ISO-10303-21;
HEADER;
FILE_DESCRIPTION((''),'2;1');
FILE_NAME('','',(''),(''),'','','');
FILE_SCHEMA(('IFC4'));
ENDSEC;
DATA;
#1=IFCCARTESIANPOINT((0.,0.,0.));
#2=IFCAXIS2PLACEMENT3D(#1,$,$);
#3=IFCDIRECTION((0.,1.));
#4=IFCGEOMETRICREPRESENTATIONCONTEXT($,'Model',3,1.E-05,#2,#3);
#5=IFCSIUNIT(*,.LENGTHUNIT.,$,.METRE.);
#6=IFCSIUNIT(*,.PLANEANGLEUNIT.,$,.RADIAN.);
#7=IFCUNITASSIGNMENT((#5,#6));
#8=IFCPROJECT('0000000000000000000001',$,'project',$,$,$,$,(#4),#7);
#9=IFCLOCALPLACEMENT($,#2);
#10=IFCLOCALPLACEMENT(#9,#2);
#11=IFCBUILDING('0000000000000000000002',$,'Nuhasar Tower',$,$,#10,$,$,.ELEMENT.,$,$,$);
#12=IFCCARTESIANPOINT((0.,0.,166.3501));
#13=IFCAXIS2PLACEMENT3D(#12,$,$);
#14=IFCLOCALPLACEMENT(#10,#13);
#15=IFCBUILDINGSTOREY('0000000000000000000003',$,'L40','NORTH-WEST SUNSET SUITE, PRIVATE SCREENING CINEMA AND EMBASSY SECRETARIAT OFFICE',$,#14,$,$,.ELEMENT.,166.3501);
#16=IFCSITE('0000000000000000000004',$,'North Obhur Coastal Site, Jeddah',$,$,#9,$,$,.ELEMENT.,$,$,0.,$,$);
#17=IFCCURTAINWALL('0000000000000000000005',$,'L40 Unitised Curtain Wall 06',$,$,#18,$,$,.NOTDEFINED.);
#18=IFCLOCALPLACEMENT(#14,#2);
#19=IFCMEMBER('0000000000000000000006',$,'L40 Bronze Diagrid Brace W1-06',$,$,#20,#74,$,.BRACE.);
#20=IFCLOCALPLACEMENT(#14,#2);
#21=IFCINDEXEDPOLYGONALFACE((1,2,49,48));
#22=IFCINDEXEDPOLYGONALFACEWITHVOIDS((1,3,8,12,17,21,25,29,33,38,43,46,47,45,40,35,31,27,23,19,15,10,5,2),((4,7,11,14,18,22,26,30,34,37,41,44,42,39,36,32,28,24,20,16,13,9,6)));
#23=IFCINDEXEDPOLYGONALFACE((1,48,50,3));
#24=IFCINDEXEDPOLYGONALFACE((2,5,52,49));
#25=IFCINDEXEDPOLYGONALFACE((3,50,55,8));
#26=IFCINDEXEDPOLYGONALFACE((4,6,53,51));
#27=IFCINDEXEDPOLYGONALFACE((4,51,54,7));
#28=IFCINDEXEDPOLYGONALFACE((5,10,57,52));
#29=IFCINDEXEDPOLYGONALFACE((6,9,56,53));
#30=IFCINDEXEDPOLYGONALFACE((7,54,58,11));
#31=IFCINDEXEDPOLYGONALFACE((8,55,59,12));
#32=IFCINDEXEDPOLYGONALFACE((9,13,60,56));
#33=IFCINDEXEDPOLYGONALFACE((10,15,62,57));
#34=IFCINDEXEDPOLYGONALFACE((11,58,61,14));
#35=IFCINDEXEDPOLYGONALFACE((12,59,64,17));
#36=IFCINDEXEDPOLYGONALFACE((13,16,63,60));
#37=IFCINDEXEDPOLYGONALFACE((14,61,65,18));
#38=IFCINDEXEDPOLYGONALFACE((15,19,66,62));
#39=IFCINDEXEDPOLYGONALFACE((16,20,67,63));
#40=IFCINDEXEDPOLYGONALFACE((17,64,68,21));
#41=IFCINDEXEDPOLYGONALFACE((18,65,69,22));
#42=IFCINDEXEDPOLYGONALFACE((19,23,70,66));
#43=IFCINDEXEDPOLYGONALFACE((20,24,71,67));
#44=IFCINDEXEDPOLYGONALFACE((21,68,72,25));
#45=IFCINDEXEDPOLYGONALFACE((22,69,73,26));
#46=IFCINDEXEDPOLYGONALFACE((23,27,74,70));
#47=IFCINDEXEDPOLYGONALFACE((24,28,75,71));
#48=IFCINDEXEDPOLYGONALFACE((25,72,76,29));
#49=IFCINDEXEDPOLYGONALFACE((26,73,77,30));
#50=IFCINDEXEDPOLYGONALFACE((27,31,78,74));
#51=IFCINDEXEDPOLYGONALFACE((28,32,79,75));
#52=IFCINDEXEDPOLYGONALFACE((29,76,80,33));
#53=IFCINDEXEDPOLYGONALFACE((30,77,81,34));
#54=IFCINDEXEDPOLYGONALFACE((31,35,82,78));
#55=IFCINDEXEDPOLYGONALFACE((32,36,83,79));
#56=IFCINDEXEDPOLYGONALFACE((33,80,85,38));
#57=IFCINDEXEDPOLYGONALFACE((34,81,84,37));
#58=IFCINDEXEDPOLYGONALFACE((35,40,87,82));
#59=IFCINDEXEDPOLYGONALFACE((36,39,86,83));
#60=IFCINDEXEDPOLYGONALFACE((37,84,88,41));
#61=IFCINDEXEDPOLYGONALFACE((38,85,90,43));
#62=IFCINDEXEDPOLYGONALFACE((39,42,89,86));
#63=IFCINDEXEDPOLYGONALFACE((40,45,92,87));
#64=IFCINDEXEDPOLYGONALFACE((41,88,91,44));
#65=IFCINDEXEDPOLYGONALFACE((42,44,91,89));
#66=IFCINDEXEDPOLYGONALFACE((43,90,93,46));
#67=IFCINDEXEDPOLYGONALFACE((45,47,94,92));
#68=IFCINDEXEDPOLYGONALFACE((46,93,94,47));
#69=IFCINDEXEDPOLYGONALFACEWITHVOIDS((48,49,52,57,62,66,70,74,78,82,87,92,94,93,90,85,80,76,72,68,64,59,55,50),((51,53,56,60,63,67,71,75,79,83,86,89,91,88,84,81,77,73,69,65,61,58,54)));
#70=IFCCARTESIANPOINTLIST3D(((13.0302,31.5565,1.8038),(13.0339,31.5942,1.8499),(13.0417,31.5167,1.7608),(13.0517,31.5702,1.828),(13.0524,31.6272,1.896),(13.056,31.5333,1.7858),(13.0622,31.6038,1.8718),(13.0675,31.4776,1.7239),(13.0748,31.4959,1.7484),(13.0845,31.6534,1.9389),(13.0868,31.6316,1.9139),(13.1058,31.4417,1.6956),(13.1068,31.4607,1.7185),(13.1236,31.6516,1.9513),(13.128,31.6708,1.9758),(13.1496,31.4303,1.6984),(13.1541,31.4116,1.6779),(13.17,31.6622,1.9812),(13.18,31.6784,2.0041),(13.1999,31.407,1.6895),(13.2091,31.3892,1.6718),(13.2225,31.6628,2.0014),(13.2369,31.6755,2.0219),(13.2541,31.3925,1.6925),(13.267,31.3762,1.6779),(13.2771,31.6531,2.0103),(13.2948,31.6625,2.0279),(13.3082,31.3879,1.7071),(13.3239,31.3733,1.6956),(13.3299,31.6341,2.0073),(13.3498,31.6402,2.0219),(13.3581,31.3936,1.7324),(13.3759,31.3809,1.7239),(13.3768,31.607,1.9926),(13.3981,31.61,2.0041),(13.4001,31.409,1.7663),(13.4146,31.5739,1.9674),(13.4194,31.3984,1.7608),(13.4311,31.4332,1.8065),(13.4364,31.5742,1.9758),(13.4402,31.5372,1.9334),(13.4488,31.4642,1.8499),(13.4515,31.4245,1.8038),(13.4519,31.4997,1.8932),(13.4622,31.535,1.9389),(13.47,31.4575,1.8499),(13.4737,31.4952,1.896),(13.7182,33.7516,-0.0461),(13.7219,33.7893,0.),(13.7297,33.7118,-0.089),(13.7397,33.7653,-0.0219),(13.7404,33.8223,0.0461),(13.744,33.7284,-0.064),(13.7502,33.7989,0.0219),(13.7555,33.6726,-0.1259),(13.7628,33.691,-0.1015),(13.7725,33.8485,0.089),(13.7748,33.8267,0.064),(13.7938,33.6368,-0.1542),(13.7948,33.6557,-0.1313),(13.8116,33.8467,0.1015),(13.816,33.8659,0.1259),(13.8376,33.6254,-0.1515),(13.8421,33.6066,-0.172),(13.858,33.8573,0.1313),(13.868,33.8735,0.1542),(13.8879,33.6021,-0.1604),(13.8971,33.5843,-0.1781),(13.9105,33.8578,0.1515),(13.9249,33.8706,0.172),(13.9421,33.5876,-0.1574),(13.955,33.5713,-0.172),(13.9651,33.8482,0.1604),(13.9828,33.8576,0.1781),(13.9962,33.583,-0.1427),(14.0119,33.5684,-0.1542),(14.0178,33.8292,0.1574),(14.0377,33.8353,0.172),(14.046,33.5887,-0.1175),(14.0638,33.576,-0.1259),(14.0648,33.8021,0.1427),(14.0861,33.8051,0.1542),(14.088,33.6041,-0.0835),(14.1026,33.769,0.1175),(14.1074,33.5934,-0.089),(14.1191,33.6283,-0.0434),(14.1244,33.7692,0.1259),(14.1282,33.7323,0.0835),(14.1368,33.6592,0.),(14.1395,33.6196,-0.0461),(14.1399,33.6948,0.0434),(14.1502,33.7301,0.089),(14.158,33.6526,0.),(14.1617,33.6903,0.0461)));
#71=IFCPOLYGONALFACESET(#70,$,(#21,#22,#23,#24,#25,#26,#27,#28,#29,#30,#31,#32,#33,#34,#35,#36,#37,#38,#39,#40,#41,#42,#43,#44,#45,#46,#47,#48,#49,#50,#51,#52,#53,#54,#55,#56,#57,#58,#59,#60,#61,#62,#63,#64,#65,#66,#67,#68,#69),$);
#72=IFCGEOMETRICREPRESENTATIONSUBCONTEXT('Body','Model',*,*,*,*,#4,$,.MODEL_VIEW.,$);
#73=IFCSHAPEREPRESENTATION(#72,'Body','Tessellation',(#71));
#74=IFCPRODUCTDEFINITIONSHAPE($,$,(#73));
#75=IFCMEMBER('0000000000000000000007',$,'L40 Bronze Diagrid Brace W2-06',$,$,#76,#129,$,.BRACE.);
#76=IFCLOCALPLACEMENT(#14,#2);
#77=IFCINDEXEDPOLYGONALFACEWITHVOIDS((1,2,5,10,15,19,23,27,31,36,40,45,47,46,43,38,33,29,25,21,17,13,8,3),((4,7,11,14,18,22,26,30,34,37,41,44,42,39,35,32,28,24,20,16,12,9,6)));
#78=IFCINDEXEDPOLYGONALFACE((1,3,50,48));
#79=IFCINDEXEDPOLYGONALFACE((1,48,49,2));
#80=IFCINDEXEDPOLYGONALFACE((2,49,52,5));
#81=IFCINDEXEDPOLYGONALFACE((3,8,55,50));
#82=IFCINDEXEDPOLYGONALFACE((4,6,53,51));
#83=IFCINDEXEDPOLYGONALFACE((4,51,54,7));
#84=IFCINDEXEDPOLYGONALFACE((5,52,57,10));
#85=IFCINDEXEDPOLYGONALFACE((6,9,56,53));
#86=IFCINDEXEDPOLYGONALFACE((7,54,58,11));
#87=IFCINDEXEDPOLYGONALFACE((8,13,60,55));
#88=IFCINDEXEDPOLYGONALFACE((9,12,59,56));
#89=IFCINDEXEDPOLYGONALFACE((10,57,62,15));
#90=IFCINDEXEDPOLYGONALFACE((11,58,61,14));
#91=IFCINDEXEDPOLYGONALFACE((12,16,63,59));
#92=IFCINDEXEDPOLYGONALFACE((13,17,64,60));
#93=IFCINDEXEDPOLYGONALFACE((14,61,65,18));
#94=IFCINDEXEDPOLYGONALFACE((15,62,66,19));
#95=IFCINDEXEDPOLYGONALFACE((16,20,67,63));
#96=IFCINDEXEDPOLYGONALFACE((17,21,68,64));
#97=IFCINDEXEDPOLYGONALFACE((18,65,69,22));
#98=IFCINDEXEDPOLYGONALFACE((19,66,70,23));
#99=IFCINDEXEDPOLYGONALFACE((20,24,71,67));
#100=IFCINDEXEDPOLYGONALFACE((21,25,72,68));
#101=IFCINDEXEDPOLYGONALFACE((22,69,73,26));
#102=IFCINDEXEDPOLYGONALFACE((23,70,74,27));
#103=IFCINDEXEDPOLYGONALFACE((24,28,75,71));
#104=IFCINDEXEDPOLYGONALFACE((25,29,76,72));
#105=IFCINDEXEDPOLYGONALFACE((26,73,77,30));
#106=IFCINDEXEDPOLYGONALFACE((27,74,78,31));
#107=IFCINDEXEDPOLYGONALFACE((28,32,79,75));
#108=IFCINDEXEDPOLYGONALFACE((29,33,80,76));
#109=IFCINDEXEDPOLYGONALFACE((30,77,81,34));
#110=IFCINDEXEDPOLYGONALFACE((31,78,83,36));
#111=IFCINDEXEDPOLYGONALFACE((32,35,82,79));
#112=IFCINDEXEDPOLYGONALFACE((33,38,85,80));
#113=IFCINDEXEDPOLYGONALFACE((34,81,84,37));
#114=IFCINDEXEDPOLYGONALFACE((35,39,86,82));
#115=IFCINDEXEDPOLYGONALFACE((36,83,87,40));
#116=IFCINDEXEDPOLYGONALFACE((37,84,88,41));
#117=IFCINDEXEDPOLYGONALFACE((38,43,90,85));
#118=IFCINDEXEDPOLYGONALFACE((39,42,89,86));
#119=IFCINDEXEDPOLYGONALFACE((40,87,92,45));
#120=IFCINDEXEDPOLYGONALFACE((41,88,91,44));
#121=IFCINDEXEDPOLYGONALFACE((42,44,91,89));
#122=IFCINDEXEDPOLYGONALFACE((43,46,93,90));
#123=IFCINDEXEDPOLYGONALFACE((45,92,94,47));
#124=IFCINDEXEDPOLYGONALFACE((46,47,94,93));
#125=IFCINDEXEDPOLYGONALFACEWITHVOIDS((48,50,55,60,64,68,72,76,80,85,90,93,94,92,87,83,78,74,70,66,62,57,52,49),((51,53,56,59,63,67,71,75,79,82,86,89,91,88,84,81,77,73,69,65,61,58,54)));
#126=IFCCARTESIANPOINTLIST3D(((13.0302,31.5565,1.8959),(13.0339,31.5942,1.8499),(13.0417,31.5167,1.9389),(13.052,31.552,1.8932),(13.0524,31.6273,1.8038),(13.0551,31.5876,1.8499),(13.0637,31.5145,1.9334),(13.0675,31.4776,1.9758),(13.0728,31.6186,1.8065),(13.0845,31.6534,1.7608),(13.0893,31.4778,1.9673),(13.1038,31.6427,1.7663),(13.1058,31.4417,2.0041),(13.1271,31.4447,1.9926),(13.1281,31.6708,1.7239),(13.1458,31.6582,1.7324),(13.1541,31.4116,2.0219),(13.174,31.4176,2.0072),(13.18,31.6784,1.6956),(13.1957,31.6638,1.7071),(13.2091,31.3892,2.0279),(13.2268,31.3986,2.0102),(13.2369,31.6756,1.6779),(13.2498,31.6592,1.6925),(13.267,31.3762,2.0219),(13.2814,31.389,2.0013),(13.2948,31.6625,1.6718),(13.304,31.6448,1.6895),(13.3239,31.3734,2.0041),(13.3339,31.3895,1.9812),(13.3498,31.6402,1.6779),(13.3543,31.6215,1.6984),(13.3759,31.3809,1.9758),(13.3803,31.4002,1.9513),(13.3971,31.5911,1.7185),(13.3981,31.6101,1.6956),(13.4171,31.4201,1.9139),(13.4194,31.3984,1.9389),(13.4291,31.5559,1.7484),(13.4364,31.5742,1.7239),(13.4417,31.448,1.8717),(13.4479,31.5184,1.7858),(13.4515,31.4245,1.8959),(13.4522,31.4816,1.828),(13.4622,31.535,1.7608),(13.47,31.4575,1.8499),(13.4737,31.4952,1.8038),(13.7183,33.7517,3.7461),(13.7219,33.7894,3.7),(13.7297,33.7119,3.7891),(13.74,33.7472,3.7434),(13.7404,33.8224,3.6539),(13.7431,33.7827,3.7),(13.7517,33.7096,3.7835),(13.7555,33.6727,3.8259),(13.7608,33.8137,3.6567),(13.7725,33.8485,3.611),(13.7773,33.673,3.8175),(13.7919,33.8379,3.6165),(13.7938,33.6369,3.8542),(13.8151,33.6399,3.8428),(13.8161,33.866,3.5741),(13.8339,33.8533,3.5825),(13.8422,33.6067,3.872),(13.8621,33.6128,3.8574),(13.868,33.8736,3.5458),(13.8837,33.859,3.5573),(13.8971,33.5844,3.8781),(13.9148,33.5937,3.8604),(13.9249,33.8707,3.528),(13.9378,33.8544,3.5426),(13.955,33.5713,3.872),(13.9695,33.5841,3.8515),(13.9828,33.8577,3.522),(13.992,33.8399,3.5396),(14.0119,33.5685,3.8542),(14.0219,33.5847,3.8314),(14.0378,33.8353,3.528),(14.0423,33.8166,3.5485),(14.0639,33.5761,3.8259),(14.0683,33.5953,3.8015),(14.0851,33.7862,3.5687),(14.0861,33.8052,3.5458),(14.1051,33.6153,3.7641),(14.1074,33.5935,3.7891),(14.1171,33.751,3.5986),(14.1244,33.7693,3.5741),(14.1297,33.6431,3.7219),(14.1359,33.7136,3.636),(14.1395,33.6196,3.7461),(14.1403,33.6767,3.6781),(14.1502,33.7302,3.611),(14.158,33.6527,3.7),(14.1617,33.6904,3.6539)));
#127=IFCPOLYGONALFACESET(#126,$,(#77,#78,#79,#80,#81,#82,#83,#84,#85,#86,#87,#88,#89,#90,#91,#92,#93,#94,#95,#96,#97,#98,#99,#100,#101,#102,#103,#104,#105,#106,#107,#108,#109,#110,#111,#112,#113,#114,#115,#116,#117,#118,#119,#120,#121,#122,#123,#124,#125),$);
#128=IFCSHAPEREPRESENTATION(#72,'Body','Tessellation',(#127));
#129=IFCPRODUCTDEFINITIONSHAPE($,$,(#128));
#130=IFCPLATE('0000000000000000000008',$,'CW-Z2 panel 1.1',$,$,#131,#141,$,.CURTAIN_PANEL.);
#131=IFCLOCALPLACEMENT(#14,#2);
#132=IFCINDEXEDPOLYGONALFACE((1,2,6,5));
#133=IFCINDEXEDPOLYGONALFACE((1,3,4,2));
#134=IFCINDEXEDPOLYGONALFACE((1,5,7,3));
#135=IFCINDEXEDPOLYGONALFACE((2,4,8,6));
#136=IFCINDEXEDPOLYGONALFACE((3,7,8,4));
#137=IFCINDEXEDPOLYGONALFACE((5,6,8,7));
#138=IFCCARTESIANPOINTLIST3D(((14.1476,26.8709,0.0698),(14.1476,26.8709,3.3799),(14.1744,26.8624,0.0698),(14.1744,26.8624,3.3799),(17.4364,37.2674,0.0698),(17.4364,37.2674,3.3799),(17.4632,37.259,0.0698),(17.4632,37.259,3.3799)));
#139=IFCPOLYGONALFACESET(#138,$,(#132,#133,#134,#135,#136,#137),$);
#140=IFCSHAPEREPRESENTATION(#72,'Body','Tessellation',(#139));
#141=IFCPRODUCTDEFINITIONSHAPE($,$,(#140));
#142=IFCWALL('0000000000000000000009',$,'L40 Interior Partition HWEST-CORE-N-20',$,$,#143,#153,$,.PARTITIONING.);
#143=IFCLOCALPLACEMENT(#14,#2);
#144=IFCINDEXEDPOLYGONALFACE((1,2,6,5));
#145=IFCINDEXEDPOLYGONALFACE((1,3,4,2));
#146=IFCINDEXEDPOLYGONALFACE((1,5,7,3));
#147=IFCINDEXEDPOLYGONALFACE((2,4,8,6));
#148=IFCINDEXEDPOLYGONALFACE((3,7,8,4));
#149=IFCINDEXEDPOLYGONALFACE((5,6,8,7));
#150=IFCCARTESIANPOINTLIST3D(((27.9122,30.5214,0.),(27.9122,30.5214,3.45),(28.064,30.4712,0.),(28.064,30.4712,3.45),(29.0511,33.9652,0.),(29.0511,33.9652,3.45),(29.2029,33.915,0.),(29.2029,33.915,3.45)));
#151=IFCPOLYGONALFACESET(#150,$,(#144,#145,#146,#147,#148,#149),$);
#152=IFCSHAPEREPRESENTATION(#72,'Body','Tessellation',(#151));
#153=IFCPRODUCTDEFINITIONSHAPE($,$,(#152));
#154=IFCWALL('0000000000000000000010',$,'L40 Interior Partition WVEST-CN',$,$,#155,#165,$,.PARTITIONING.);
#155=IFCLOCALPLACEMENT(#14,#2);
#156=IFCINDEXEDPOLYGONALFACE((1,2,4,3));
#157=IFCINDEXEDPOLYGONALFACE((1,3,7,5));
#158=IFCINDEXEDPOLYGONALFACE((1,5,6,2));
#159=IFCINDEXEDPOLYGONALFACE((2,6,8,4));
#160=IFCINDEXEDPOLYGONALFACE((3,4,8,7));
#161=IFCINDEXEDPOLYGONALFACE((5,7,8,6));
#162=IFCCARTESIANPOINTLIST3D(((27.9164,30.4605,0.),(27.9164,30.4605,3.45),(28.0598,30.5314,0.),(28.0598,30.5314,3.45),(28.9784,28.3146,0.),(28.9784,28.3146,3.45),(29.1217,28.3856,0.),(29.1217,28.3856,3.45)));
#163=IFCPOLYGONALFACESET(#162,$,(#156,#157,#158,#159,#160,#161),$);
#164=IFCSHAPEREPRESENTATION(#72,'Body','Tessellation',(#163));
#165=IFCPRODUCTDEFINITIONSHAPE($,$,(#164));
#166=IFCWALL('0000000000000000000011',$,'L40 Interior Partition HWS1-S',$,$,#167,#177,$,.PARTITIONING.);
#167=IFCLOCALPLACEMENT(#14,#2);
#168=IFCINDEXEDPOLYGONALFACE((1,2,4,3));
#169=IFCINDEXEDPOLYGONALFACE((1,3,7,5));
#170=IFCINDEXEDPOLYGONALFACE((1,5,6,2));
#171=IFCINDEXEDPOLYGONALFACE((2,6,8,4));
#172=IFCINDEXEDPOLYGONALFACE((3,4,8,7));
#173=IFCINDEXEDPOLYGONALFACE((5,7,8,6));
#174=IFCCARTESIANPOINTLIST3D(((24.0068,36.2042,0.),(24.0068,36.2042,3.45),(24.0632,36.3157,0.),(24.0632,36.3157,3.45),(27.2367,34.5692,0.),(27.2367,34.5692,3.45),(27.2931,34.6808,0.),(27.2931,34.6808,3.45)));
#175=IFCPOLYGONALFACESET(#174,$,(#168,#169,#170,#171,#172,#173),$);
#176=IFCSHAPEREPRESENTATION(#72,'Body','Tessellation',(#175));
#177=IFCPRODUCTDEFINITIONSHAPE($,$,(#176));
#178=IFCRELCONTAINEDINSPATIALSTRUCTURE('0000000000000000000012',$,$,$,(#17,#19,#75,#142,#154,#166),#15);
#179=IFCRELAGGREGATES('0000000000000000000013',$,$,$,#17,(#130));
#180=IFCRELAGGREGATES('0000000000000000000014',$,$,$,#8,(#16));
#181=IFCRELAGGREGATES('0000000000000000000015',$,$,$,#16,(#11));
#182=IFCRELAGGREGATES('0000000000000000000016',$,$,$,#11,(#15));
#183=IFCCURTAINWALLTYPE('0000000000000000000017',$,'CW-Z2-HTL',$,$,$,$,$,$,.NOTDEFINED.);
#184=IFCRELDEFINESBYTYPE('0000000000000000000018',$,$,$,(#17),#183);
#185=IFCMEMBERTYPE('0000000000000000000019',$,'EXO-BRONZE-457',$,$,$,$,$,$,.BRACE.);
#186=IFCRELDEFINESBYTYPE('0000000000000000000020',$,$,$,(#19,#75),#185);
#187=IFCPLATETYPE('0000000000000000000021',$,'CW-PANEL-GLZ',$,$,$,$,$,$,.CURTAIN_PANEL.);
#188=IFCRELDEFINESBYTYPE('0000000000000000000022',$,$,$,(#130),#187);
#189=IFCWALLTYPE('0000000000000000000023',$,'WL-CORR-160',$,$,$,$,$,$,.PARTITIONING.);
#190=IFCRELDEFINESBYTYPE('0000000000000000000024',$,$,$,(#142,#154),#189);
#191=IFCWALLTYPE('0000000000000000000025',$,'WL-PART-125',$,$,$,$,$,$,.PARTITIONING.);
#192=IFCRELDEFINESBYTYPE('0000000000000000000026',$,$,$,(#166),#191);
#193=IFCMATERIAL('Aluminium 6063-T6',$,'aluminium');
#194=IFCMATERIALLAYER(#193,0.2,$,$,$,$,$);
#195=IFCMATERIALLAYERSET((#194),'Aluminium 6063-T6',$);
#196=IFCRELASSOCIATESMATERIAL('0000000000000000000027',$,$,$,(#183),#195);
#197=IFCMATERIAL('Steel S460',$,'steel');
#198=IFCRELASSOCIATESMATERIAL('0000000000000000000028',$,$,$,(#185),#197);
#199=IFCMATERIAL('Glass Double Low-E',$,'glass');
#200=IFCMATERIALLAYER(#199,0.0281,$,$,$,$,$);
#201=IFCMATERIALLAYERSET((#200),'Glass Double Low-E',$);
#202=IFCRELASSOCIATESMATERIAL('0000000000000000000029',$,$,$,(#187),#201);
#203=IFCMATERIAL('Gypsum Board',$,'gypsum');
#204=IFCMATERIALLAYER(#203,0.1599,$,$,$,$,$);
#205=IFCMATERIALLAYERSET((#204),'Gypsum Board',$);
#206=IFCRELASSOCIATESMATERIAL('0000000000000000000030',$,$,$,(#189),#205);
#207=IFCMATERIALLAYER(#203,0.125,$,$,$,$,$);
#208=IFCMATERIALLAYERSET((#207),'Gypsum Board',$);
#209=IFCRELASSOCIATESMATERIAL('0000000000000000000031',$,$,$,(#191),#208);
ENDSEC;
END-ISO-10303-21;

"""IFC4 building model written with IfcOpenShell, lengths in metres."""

from ifc_helpers import new_model, si_unit, direction, frame, frame_2d, origin, origin_2d, place, context, subcontext, project, spatial, rectangle, hollow_circle, extrude, material, layer, layer_set, material_profile, profile_set, type_object, element, aggregate, save


model = new_model("IFC4")

# Units and contexts
model_context = context("Model", 3, precision=1e-05, world=origin(), true_north=direction((0.0, 1.0)))
body_context = subcontext(model_context, "Body", "Model", "MODEL_VIEW")
ifc_project = project(units=[si_unit("LENGTHUNIT", "METRE"), si_unit("PLANEANGLEUNIT", "RADIAN")], contexts=[model_context])

# Site, building, storey
site_placement = place(None, origin())
site = spatial("IfcSite", under=ifc_project, at=site_placement, Name="North Obhur Coastal Site, Jeddah", CompositionType="ELEMENT", RefElevation=0.0)
building_placement = place(site_placement, origin())
building = spatial("IfcBuilding", under=site, at=building_placement, Name="Nuhasar Tower", CompositionType="ELEMENT")
storey_placement = place(building_placement, frame((0.0, 0.0, 166.3501)))
storey = spatial("IfcBuildingStorey", under=building, at=storey_placement, Name="L40", Description="NORTH-WEST SUNSET SUITE, PRIVATE SCREENING CINEMA AND EMBASSY SECRETARIAT OFFICE", CompositionType="ELEMENT", Elevation=166.3501)

# Curtain wall
ifc_material_1 = material(Name="Aluminium 6063-T6", Category="aluminium")
ifc_layer_1 = layer(ifc_material_1, 0.2)
ifc_layer_set_1 = layer_set([ifc_layer_1], Name="Aluminium 6063-T6")
curtain_wall_type = type_object("IfcCurtainWallType", Name="CW-Z2-HTL", PredefinedType="NOTDEFINED", material=ifc_layer_set_1)
curtain_wall_placement = place(storey_placement, origin())
curtain_wall = element("IfcCurtainWall", 1, at=curtain_wall_placement, inside=storey, type_object=curtain_wall_type, Name="L40 Unitised Curtain Wall 06", PredefinedType="NOTDEFINED")

# Members
ifc_material_2 = material(Name="Steel S460", Category="steel")
ifc_material_profile_1 = material_profile(ifc_material_2, hollow_circle(Radius=0.2285, WallThickness=0.0222, at=origin_2d()), Name="HSS457X22.2")
ifc_profile_set_1 = profile_set([ifc_material_profile_1], Name="Steel S460")
member_type_1 = type_object("IfcMemberType", Name="EXO-BRONZE-457", PredefinedType="BRACE", material=ifc_profile_set_1)
member_1_placement = place(storey_placement, frame((13.9399, 33.7209, 0.0), z_axis=(-0.233068, -0.743616, 0.626669), x_axis=(0.954228, -0.299079, 0.0)))
element("IfcMember", 2, at=member_1_placement, inside=storey, type_object=member_type_1, Name="L40 Bronze Diagrid Brace W1-06", PredefinedType="BRACE", context=body_context, shape_type="SweptSolid", body=[
    extrude(hollow_circle(Radius=0.2285, WallThickness=0.0222, at=origin_2d()), origin(), (0.0, 0.0, 1.0), 2.9519),
])
member_2_placement = place(storey_placement, frame((13.252, 31.5259, 1.8499), z_axis=(0.233056, 0.743578, 0.626719), x_axis=(-0.954228, 0.299079, 0.0)))
element("IfcMember", 3, at=member_2_placement, inside=storey, type_object=member_type_1, Name="L40 Bronze Diagrid Brace W2-06", PredefinedType="BRACE", context=body_context, shape_type="SweptSolid", body=[
    extrude(hollow_circle(Radius=0.2285, WallThickness=0.0222, at=origin_2d()), origin(), (0.0, 0.0, 1.0), 2.9521),
])

# Plate
ifc_material_3 = material(Name="Glass Double Low-E", Category="glass")
ifc_layer_2 = layer(ifc_material_3, 0.0281)
ifc_layer_set_2 = layer_set([ifc_layer_2], Name="Glass Double Low-E")
plate_type = type_object("IfcPlateType", Name="CW-PANEL-GLZ", PredefinedType="CURTAIN_PANEL", material=ifc_layer_set_2)
plate_placement = place(storey_placement, frame((15.8054, 32.0649, 0.0698), z_axis=(0.0, 0.0, 1.0), x_axis=(-0.301604, -0.953433, 0.0)))
plate = element("IfcPlate", 4, at=plate_placement, type_object=plate_type, Name="CW-Z2 panel 1.1", PredefinedType="CURTAIN_PANEL", context=body_context, shape_type="SweptSolid", body=[
    extrude(rectangle(XDim=10.9043, YDim=0.0281, at=origin_2d()), origin(), (0.0, 0.0, 1.0), 3.3101),
])
aggregate(curtain_wall, [plate])

# Wall
ifc_material_4 = material(Name="Gypsum Board", Category="gypsum")
ifc_layer_3 = layer(ifc_material_4, 0.1599)
ifc_layer_set_3 = layer_set([ifc_layer_3], Name="Gypsum Board")
wall_type_1 = type_object("IfcWallType", Name="WL-CORR-160", PredefinedType="PARTITIONING", material=ifc_layer_set_3)
wall_1_placement = place(storey_placement, frame((29.127, 33.9399, 0.0), z_axis=(0.0, 0.0, 1.0), x_axis=(-0.313986, -0.949428, 0.0)))
element("IfcWall", 5, at=wall_1_placement, inside=storey, type_object=wall_type_1, Name="L40 Interior Partition HWEST-CORE-N-20", PredefinedType="PARTITIONING", context=body_context, shape_type="SweptSolid", body=[
    extrude(rectangle(XDim=3.6272, YDim=0.1599, at=frame_2d((1.8135, 0.0))), origin(), (0.0, 0.0, 1.0), 3.45),
])

# Walls
wall_2_placement = place(storey_placement, frame((27.988, 30.4961, 0.0), z_axis=(0.0, 0.0, 1.0), x_axis=(0.443539, -0.896255, 0.0)))
element("IfcWall", 6, at=wall_2_placement, inside=storey, type_object=wall_type_1, Name="L40 Interior Partition WVEST-CN", PredefinedType="PARTITIONING", context=body_context, shape_type="SweptSolid", body=[
    extrude(rectangle(XDim=2.3943, YDim=0.1599, at=frame_2d((1.1973, 0.0))), origin(), (0.0, 0.0, 1.0), 3.45),
])
ifc_layer_4 = layer(ifc_material_4, 0.125)
ifc_layer_set_4 = layer_set([ifc_layer_4], Name="Gypsum Board")
wall_type_2 = type_object("IfcWallType", Name="WL-PART-125", PredefinedType="PARTITIONING", material=ifc_layer_set_4)
wall_3_placement = place(storey_placement, frame((27.2649, 34.625, 0.0), z_axis=(0.0, 0.0, 1.0), x_axis=(-0.892204, 0.451632, 0.0)))
element("IfcWall", 7, at=wall_3_placement, inside=storey, type_object=wall_type_2, Name="L40 Interior Partition HWS1-S", PredefinedType="PARTITIONING", context=body_context, shape_type="SweptSolid", body=[
    extrude(rectangle(XDim=3.6201, YDim=0.125, at=frame_2d((1.8101, 0.0))), origin(), (0.0, 0.0, 1.0), 3.45),
])

save(model, "model.ifc")
